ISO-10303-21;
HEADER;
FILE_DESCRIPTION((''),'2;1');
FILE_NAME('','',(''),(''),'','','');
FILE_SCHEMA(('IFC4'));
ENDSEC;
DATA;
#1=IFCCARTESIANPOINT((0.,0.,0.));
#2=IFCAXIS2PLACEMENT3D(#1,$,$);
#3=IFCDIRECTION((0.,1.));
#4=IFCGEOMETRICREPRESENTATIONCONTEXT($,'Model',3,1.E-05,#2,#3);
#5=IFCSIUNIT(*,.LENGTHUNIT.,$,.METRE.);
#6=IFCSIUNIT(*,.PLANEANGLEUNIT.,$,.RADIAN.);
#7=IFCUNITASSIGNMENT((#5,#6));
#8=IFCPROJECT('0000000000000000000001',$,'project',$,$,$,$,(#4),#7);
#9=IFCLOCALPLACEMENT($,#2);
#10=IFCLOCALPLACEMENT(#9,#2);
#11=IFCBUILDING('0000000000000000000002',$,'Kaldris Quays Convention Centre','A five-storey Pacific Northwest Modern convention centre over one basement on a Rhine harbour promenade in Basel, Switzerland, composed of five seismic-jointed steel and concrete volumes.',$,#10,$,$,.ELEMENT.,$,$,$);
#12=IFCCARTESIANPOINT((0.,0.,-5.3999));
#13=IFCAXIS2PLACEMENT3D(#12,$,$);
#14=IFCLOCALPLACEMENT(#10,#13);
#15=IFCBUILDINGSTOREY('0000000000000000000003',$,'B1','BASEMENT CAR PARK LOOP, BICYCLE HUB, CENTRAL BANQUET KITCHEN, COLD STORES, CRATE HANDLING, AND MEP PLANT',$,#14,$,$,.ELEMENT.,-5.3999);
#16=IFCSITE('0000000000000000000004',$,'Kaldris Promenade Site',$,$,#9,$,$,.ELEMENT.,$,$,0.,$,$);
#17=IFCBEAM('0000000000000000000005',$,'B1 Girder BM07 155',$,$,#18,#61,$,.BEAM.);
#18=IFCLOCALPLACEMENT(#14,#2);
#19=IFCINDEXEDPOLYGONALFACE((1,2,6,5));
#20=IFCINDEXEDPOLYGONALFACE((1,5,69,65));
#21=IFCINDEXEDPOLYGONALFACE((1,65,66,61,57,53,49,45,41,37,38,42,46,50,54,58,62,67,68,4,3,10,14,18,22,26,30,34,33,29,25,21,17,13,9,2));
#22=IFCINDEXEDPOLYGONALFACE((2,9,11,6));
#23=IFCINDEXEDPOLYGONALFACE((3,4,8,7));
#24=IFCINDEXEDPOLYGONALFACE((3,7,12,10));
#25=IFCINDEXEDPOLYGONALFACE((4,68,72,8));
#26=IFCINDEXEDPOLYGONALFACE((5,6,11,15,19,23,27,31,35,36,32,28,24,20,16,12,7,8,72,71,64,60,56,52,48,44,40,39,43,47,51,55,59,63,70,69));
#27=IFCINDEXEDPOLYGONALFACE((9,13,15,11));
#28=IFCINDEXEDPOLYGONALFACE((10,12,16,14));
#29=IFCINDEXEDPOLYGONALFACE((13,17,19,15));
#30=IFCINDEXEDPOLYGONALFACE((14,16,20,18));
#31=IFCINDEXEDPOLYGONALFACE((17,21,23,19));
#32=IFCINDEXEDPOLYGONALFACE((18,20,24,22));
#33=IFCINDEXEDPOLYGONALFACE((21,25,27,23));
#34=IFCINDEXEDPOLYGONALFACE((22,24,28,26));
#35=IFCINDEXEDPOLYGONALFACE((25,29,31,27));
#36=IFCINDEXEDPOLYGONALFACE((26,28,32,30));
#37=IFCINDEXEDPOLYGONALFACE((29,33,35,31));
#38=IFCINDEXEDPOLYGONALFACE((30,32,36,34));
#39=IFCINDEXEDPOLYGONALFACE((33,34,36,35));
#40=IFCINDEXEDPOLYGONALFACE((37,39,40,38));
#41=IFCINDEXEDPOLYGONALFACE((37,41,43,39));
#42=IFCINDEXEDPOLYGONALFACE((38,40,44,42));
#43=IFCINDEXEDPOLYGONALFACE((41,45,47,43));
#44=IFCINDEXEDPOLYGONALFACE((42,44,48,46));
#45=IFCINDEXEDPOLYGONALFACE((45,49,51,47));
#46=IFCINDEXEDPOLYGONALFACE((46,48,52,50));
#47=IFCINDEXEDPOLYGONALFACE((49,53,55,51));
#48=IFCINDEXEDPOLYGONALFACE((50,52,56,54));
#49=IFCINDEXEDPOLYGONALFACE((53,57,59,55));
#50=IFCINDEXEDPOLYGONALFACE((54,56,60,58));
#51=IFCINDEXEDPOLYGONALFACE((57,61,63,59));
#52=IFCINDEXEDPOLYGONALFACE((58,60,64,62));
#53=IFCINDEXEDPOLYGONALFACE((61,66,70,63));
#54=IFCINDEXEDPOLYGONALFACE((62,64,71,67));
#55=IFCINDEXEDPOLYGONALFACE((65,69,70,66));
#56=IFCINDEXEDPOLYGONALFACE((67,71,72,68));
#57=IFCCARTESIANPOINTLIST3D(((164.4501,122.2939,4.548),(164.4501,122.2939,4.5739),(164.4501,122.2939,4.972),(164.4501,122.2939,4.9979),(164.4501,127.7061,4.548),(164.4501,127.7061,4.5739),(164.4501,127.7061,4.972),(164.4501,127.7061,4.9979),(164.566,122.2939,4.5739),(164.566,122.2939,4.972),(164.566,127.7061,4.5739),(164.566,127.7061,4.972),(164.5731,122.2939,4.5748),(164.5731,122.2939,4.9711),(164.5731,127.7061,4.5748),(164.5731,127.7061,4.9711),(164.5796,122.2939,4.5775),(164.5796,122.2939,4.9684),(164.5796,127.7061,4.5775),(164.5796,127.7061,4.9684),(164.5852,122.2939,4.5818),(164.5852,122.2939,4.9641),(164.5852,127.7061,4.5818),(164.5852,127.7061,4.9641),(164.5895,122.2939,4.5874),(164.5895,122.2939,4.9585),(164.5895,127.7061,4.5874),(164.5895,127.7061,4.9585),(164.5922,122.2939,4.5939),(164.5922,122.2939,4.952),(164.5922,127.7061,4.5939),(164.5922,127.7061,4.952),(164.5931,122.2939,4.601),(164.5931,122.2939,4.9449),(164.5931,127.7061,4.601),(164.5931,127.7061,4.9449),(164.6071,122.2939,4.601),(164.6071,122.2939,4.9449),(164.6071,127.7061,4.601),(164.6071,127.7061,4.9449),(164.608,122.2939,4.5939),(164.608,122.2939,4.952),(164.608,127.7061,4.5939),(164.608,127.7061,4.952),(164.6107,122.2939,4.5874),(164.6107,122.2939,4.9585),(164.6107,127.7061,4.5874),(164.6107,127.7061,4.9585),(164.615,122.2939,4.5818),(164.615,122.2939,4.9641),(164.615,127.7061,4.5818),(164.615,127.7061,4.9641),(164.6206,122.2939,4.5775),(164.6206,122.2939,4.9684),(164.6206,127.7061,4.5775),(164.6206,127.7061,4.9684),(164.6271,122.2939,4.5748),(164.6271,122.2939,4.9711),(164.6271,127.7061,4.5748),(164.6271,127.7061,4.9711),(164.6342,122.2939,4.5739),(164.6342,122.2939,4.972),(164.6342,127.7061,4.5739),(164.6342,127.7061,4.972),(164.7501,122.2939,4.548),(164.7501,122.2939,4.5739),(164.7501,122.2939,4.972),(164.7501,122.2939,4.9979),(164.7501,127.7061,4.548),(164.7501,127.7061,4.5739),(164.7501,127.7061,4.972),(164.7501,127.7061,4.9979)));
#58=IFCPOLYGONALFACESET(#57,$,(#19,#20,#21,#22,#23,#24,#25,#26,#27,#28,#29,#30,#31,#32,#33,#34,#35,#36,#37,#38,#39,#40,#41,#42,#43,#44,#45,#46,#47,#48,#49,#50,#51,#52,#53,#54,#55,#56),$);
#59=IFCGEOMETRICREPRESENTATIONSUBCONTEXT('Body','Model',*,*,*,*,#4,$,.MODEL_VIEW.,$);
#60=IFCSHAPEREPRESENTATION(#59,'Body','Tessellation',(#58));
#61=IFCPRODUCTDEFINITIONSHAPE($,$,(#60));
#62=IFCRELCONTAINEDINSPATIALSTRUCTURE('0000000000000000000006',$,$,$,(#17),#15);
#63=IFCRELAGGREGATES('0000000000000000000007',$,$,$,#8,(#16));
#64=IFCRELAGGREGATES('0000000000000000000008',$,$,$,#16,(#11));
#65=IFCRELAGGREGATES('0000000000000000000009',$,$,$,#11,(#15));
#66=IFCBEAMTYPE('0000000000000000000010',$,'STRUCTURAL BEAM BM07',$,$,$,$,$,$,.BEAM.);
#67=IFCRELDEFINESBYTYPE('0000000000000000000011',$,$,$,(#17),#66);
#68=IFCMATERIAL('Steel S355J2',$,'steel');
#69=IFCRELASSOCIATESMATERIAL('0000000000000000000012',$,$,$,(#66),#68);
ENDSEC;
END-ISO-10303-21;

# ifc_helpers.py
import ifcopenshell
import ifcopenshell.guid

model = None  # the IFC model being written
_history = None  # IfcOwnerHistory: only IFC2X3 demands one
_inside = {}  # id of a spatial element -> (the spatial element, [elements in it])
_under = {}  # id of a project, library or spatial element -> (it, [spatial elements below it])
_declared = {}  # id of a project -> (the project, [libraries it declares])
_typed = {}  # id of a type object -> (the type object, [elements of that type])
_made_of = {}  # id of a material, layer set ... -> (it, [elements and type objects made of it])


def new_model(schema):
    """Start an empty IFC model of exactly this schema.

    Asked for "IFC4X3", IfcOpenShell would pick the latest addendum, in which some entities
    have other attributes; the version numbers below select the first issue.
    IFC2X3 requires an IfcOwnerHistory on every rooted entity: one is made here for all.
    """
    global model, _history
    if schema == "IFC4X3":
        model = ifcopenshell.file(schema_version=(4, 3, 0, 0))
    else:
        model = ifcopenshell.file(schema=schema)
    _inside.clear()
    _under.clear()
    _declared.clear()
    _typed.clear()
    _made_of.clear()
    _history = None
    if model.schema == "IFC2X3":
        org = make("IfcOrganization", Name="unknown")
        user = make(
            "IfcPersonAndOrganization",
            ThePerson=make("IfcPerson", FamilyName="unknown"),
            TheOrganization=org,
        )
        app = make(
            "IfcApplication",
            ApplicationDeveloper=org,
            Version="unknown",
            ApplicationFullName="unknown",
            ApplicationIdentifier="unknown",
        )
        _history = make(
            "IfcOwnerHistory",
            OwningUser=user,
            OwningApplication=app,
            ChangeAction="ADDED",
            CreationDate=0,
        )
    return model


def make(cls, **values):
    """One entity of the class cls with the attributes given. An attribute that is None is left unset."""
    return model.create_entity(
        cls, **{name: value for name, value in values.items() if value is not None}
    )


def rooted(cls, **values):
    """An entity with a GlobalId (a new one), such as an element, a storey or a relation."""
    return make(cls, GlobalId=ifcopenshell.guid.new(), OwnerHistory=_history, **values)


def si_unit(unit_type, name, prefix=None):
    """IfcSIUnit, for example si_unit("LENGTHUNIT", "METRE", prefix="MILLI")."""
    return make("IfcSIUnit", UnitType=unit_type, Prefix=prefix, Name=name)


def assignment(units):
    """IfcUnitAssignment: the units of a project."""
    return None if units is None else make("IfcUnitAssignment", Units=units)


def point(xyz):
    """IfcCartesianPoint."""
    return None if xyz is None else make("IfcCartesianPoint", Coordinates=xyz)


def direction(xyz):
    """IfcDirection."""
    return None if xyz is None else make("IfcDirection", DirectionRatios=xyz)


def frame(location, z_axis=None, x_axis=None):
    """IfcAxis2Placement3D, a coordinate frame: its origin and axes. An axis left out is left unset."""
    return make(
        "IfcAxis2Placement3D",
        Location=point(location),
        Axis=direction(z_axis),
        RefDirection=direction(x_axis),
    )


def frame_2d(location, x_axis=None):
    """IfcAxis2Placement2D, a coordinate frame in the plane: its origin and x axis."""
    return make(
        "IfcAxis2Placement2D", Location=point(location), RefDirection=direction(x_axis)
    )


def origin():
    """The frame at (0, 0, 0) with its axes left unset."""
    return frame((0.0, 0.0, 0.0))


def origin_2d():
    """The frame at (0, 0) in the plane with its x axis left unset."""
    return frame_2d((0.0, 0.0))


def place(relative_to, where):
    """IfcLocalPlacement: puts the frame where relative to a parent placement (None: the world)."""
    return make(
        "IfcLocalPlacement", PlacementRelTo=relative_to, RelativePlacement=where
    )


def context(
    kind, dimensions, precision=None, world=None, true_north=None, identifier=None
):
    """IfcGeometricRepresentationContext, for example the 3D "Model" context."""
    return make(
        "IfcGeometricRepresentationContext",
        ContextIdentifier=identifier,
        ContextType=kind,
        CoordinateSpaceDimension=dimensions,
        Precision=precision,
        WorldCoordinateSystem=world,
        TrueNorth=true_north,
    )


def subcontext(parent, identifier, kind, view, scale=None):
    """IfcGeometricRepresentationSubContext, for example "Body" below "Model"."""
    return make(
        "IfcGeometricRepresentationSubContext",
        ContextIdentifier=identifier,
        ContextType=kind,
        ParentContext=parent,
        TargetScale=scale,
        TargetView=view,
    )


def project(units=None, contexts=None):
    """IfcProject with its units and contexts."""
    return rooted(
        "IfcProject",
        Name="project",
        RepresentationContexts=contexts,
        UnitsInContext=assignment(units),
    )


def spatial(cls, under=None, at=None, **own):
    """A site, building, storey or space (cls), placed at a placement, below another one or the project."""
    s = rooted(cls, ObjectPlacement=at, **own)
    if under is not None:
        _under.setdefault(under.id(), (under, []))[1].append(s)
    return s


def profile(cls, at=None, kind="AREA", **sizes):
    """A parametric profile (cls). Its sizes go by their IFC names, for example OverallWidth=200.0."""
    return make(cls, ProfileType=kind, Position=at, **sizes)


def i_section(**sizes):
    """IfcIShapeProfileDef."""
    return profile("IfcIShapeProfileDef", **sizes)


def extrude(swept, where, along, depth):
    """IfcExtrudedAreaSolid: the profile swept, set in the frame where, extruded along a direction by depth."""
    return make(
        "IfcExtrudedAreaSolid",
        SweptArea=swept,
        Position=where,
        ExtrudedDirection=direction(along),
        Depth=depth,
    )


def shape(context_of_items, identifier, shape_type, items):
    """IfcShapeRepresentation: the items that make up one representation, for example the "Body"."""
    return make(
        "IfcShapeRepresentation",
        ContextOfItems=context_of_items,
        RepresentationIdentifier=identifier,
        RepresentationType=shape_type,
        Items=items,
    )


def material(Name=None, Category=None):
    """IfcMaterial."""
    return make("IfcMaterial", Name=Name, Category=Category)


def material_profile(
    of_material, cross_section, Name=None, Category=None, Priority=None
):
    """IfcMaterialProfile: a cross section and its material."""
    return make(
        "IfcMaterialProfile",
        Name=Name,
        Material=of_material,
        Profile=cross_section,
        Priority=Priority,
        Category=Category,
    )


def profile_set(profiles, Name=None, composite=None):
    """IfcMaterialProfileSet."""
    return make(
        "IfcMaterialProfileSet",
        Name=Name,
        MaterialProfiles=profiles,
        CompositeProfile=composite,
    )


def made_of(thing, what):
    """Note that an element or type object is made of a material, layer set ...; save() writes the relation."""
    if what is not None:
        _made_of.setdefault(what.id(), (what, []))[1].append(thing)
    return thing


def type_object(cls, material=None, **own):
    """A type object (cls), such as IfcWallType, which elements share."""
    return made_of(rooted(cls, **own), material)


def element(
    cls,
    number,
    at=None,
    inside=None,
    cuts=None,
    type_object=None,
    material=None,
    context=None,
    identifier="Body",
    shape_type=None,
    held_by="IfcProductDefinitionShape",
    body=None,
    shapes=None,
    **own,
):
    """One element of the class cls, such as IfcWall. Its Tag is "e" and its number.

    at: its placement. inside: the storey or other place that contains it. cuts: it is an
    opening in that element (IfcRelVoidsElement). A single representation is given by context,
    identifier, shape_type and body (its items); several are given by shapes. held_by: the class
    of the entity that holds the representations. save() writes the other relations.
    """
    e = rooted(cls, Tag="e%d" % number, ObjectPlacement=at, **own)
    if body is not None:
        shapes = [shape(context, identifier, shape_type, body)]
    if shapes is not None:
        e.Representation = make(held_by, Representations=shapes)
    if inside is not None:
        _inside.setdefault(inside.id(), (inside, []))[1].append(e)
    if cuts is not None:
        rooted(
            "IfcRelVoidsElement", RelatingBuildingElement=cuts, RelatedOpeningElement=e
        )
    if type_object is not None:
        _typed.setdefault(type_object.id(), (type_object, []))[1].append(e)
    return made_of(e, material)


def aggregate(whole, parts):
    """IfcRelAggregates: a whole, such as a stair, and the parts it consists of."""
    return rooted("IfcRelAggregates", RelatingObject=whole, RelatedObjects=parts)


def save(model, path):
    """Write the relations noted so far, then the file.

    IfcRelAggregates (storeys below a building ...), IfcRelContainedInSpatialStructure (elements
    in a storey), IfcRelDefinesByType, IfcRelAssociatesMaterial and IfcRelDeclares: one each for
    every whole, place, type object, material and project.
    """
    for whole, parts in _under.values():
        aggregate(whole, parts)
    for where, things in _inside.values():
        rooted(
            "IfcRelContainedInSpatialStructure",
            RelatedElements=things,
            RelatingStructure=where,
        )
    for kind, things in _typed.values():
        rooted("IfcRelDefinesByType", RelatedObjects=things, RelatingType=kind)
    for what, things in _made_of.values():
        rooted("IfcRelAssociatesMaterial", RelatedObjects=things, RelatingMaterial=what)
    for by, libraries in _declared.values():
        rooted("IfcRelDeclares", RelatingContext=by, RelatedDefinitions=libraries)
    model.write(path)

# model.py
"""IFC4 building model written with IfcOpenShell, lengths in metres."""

from ifc_helpers import new_model, si_unit, direction, frame, origin, origin_2d, place, context, subcontext, project, spatial, i_section, extrude, material, material_profile, profile_set, type_object, element, save


model = new_model("IFC4")

# Units and contexts
model_context = context("Model", 3, precision=1e-05, world=origin(), true_north=direction((0.0, 1.0)))
body_context = subcontext(model_context, "Body", "Model", "MODEL_VIEW")
ifc_project = project(units=[si_unit("LENGTHUNIT", "METRE"), si_unit("PLANEANGLEUNIT", "RADIAN")], contexts=[model_context])

# Site, building, storey
site_placement = place(None, origin())
site = spatial("IfcSite", under=ifc_project, at=site_placement, Name="Kaldris Promenade Site", CompositionType="ELEMENT", RefElevation=0.0)
building_placement = place(site_placement, origin())
building = spatial("IfcBuilding", under=site, at=building_placement, Name="Kaldris Quays Convention Centre", Description="A five-storey Pacific Northwest Modern convention centre over one basement on a Rhine harbour promenade in Basel, Switzerland, composed of five seismic-jointed steel and concrete volumes.", CompositionType="ELEMENT")
storey_placement = place(building_placement, frame((0.0, 0.0, -5.3999)))
storey = spatial("IfcBuildingStorey", under=building, at=storey_placement, Name="B1", Description="BASEMENT CAR PARK LOOP, BICYCLE HUB, CENTRAL BANQUET KITCHEN, COLD STORES, CRATE HANDLING, AND MEP PLANT", CompositionType="ELEMENT", Elevation=-5.3999)

# Beam
ifc_material_1 = material(Name="Steel S355J2", Category="steel")
ifc_material_profile_1 = material_profile(ifc_material_1, i_section(OverallWidth=0.3, OverallDepth=0.45, WebThickness=0.0139, FlangeThickness=0.0259, FilletRadius=0.0271, at=origin_2d()), Name="HEB 450")
ifc_profile_set_1 = profile_set([ifc_material_profile_1], Name="Steel S355J2")
beam_type_1 = type_object("IfcBeamType", Name="STRUCTURAL BEAM BM07", PredefinedType="BEAM", material=ifc_profile_set_1)
beam_1_placement = place(storey_placement, frame((164.6001, 122.2939, 4.7729), z_axis=(0.0, 1.0, 0.0), x_axis=(-1.0, 0.0, 0.0)))
element("IfcBeam", 1, at=beam_1_placement, inside=storey, type_object=beam_type_1, Name="B1 Girder BM07 155", PredefinedType="BEAM", context=body_context, shape_type="SweptSolid", body=[
    extrude(i_section(OverallWidth=0.3, OverallDepth=0.45, WebThickness=0.0139, FlangeThickness=0.0259, FilletRadius=0.0271, at=origin_2d()), origin(), (0.0, 0.0, 1.0), 5.4121),
])

save(model, "model.ifc")
